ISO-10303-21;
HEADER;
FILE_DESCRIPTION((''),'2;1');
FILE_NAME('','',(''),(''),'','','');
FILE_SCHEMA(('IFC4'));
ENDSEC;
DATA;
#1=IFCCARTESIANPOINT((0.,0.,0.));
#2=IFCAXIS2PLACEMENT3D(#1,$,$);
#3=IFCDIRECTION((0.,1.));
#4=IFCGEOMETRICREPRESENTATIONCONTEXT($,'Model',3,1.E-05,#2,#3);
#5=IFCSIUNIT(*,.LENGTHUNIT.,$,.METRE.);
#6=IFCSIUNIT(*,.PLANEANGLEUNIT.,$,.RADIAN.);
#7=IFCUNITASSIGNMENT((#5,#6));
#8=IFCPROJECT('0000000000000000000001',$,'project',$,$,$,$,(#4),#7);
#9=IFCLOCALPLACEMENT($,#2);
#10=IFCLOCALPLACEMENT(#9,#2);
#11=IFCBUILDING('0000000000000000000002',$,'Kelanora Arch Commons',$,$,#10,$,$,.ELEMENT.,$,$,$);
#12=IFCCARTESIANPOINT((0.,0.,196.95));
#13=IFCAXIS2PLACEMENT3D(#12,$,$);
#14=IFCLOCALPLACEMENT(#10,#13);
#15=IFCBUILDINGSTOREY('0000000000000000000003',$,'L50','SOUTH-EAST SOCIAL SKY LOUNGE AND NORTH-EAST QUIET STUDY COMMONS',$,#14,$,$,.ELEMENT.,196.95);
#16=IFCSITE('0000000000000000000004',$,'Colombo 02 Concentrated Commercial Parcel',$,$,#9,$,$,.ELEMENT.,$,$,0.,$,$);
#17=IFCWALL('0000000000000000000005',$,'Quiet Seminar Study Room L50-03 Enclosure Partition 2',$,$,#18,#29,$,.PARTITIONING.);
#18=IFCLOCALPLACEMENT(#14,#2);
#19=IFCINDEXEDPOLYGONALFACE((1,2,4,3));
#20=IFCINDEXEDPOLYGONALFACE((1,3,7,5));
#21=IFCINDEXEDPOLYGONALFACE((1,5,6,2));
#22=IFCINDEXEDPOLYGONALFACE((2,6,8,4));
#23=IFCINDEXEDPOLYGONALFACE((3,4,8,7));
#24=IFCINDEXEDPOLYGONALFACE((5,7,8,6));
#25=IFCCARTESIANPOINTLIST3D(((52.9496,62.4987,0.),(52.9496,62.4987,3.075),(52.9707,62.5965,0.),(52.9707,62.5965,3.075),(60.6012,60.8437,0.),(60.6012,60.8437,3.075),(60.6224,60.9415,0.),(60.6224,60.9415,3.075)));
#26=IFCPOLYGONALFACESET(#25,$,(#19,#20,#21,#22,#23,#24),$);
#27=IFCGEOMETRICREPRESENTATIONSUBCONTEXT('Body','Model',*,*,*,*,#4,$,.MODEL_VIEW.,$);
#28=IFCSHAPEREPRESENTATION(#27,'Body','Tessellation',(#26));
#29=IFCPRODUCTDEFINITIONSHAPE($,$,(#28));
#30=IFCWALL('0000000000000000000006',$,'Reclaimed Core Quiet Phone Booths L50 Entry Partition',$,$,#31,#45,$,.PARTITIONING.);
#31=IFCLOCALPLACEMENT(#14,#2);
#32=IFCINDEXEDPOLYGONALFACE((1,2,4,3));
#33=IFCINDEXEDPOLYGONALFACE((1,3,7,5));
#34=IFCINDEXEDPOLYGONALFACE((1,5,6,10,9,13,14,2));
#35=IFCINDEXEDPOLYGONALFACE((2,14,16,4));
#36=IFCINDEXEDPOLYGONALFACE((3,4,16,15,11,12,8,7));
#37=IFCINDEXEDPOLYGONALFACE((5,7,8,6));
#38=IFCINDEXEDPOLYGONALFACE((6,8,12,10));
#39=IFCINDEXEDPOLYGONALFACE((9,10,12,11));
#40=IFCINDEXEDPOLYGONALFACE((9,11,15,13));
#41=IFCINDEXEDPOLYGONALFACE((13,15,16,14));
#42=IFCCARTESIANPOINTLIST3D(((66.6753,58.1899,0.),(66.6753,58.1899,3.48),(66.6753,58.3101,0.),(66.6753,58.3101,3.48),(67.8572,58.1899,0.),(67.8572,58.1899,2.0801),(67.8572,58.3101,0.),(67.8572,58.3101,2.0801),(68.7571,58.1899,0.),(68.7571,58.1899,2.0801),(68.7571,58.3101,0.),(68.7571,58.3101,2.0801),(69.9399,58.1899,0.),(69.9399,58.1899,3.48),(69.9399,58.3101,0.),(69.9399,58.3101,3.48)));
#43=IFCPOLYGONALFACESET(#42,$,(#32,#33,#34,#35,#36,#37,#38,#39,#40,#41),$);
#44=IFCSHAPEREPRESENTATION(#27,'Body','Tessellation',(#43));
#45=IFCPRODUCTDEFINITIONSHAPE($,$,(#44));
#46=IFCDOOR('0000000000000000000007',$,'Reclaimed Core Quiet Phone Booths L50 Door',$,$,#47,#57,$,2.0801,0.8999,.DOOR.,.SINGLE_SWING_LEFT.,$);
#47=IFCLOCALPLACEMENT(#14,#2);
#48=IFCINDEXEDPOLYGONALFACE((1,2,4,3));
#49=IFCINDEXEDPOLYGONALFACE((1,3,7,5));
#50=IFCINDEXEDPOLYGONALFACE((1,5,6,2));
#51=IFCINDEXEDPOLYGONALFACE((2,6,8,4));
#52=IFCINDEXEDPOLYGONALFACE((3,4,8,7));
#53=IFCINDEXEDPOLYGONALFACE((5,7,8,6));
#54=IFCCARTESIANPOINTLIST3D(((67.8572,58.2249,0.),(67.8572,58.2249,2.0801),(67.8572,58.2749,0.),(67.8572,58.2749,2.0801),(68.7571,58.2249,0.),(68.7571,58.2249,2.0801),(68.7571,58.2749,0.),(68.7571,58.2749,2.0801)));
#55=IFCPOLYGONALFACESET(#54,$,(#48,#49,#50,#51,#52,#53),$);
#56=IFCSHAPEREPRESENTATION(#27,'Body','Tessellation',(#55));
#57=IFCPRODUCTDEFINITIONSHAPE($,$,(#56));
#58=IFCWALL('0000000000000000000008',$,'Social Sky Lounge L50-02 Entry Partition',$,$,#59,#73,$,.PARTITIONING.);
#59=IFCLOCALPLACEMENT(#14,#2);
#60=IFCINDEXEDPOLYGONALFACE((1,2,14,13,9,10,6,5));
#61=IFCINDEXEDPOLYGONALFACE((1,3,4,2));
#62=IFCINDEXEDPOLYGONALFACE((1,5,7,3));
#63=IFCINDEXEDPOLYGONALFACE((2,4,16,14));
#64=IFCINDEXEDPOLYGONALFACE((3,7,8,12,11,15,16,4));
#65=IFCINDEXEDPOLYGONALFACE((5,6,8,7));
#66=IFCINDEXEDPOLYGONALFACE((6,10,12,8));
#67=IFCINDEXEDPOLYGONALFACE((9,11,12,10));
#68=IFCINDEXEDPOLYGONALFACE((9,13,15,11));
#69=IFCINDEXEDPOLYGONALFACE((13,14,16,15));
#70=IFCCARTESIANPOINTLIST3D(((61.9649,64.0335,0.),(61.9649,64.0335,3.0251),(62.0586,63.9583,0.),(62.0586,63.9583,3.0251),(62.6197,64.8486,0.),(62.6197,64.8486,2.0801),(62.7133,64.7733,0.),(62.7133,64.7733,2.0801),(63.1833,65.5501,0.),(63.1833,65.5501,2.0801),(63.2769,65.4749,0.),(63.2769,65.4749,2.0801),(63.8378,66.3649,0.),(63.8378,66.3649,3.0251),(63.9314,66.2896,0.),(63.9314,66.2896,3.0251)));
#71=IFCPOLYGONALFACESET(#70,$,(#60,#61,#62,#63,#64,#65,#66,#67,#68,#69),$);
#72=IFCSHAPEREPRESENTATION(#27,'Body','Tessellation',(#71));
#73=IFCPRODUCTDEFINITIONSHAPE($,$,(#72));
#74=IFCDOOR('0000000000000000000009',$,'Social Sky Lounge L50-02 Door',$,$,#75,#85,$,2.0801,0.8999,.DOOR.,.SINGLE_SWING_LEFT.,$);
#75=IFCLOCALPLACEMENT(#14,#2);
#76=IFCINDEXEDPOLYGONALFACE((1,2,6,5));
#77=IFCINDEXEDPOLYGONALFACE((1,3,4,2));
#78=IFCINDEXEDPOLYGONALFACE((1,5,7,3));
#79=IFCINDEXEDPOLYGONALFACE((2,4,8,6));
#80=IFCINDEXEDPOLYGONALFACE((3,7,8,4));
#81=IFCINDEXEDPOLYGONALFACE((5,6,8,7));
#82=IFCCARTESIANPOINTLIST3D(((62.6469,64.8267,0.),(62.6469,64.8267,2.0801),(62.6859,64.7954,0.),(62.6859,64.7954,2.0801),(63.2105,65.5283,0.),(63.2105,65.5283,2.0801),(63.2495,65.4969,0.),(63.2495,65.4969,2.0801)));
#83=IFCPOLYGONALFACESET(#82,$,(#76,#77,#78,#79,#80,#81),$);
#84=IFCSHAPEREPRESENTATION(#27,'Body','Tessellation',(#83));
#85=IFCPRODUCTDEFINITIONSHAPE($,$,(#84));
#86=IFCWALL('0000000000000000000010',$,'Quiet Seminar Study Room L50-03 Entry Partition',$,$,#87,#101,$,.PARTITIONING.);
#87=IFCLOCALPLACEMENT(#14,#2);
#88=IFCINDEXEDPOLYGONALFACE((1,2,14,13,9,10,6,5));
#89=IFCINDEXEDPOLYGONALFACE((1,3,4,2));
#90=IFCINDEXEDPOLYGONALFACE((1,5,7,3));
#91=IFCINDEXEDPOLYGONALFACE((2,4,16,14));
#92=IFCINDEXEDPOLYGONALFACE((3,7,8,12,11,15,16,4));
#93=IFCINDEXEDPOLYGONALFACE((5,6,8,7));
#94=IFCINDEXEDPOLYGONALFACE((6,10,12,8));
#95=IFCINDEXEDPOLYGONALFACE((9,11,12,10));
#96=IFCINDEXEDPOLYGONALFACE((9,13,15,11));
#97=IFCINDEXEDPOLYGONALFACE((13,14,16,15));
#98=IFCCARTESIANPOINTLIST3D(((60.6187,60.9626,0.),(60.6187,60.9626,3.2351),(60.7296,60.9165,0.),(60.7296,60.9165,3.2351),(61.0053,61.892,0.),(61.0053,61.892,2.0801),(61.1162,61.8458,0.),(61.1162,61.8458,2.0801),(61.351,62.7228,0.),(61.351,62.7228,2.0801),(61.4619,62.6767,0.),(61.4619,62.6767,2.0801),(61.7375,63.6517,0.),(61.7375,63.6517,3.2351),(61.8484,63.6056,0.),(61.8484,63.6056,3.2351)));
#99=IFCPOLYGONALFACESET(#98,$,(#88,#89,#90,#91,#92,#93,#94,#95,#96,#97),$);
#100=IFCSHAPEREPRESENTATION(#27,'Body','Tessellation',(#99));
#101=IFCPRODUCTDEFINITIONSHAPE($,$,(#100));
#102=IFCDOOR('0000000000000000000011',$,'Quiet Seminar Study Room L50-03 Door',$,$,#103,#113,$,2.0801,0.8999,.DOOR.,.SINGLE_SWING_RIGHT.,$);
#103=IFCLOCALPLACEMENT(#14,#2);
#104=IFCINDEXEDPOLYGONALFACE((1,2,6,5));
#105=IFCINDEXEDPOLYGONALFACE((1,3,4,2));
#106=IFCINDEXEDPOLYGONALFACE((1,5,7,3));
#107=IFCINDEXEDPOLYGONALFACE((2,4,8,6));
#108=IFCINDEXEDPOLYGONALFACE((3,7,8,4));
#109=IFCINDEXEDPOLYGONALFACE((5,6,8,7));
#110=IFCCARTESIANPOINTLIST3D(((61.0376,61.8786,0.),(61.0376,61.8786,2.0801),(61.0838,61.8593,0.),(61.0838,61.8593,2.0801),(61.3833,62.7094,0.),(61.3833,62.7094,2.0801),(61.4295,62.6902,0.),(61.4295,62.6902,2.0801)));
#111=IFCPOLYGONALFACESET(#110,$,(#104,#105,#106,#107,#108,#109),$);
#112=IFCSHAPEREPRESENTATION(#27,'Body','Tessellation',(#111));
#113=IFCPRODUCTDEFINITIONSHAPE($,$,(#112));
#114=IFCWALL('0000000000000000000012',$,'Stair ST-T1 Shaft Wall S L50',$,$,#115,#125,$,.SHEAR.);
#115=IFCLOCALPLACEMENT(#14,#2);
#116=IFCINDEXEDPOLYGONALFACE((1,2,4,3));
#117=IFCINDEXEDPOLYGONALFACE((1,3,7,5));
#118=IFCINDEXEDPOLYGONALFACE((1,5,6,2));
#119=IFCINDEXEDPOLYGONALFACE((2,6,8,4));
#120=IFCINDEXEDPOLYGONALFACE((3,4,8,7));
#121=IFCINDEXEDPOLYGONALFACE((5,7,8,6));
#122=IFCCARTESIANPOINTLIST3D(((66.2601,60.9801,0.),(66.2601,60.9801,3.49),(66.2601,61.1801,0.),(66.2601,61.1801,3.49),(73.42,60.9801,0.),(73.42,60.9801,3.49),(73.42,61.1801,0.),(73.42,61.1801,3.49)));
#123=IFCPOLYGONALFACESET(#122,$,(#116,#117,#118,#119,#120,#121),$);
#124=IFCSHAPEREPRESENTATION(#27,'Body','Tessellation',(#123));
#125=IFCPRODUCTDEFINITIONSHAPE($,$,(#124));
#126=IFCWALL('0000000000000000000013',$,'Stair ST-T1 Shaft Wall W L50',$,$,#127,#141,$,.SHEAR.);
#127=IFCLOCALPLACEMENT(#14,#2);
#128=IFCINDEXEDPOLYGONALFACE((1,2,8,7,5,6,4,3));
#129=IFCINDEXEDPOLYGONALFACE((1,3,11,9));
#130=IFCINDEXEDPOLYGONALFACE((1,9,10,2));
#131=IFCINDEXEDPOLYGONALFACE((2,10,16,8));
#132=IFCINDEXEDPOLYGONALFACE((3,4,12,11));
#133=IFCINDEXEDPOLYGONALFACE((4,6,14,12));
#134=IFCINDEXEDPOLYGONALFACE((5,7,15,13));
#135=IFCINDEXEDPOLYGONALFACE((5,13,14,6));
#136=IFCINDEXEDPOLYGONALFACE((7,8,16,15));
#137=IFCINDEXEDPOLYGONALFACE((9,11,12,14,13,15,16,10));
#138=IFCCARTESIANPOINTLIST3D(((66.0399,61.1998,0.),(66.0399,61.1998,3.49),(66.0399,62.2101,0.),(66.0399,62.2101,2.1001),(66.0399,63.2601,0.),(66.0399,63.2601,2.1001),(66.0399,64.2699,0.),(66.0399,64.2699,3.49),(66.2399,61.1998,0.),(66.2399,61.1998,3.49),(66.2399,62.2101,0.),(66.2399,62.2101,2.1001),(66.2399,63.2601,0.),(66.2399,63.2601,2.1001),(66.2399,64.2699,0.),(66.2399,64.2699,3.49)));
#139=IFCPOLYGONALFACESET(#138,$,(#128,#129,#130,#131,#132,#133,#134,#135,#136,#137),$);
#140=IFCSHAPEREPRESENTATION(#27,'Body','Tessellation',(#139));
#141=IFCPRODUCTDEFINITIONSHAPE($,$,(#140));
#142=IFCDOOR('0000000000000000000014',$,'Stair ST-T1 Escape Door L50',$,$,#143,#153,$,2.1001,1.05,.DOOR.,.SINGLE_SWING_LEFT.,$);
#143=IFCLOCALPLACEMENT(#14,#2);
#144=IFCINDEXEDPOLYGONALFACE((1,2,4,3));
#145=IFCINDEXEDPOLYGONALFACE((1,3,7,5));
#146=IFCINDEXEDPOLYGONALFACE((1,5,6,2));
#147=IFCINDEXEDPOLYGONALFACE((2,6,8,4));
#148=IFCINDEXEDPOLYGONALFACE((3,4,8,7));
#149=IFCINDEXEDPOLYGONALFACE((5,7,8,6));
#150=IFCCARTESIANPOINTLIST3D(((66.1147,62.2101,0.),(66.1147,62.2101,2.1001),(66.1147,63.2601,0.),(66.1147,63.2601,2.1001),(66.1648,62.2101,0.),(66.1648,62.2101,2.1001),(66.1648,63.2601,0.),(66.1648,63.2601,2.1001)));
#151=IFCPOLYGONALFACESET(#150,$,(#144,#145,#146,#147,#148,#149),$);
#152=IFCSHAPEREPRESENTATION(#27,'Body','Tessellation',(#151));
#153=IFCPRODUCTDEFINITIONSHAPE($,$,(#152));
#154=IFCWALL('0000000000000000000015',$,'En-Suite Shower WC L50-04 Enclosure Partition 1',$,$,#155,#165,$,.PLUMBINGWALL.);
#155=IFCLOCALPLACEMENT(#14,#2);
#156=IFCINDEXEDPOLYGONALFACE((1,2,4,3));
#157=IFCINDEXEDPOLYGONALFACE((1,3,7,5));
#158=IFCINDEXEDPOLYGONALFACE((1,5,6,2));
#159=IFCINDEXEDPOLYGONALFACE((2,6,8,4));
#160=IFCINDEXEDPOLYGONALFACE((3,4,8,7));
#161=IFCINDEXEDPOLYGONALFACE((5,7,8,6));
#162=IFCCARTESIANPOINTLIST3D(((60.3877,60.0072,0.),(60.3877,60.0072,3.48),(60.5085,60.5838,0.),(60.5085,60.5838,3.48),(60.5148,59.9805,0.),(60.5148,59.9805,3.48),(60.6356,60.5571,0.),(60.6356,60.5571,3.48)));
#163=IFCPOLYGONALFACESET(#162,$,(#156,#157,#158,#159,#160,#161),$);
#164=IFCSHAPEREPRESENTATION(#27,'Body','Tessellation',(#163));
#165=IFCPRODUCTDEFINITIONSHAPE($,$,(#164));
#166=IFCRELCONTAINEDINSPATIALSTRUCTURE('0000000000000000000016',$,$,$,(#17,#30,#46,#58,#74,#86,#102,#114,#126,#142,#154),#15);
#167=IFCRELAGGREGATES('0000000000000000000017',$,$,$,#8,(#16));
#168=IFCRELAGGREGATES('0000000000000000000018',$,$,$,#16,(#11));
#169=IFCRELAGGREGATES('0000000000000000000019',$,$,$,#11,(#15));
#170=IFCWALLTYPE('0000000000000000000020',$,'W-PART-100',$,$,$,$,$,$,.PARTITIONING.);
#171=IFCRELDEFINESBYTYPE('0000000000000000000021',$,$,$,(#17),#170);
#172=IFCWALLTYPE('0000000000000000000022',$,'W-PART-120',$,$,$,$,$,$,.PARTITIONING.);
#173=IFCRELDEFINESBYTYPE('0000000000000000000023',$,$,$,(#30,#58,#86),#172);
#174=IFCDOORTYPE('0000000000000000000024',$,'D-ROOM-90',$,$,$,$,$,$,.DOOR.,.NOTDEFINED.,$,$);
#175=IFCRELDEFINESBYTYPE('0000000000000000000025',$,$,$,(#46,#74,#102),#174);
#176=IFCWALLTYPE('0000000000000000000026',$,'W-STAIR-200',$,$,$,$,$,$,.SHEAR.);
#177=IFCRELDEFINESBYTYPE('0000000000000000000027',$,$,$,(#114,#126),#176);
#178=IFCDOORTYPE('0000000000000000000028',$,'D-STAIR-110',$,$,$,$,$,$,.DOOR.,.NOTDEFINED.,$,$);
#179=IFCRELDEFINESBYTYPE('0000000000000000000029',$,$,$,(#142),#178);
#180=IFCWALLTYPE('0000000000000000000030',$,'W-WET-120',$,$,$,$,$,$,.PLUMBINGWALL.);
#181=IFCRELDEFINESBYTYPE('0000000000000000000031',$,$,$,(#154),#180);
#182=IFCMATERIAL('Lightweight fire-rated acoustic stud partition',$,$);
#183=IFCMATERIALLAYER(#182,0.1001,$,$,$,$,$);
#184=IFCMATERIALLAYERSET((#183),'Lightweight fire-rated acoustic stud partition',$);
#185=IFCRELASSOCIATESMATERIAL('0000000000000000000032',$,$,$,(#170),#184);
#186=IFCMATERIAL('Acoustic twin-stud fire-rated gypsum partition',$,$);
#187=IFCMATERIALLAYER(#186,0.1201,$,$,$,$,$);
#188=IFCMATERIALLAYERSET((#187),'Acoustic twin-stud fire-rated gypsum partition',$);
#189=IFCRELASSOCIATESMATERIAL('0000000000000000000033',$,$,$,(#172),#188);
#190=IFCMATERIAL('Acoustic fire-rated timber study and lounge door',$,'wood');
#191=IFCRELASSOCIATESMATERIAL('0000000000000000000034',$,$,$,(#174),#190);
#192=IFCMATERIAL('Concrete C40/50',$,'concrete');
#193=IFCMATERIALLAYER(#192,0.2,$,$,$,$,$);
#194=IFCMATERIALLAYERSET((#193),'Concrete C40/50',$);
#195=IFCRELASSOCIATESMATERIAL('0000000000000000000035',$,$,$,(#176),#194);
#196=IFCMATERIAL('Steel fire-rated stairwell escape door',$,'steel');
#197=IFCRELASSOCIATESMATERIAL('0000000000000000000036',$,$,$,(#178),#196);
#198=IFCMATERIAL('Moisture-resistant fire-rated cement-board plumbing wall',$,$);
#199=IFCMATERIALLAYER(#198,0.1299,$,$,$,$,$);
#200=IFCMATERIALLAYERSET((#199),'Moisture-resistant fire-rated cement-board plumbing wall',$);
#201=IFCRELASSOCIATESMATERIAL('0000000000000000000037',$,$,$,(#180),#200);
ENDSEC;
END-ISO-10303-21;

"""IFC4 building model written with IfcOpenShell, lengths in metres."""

from ifc_helpers import new_model, si_unit, direction, frame, frame_2d, origin, place, context, subcontext, project, spatial, rectangle, extrude, material, layer, layer_set, type_object, element, fill, save


model = new_model("IFC4")

# Units and contexts
model_context = context("Model", 3, precision=1e-05, world=origin(), true_north=direction((0.0, 1.0)))
body_context = subcontext(model_context, "Body", "Model", "MODEL_VIEW")
ifc_project = project(units=[si_unit("LENGTHUNIT", "METRE"), si_unit("PLANEANGLEUNIT", "RADIAN")], contexts=[model_context])

# Site, building, storey
site_placement = place(None, origin())
site = spatial("IfcSite", under=ifc_project, at=site_placement, Name="Colombo 02 Concentrated Commercial Parcel", CompositionType="ELEMENT", RefElevation=0.0)
building_placement = place(site_placement, origin())
building = spatial("IfcBuilding", under=site, at=building_placement, Name="Kelanora Arch Commons", CompositionType="ELEMENT")
storey_placement = place(building_placement, frame((0.0, 0.0, 196.95)))
storey = spatial("IfcBuildingStorey", under=building, at=storey_placement, Name="L50", Description="SOUTH-EAST SOCIAL SKY LOUNGE AND NORTH-EAST QUIET STUDY COMMONS", CompositionType="ELEMENT", Elevation=196.95)

# Wall
ifc_material_1 = material(Name="Lightweight fire-rated acoustic stud partition")
ifc_layer_1 = layer(ifc_material_1, 0.1001)
ifc_layer_set_1 = layer_set([ifc_layer_1], Name="Lightweight fire-rated acoustic stud partition")
wall_type_1 = type_object("IfcWallType", Name="W-PART-100", PredefinedType="PARTITIONING", material=ifc_layer_set_1)
wall_1_placement = place(storey_placement, frame((60.6118, 60.8926, 0.0), z_axis=(0.0, 0.0, 1.0), x_axis=(-0.977398, 0.211409, 0.0)))
element("IfcWall", 1, at=wall_1_placement, inside=storey, type_object=wall_type_1, Name="Quiet Seminar Study Room L50-03 Enclosure Partition 2", PredefinedType="PARTITIONING", context=body_context, shape_type="SweptSolid", body=[
    extrude(rectangle(XDim=7.8286, YDim=0.1001, at=frame_2d((3.9143, 0.0))), origin(), (0.0, 0.0, 1.0), 3.075),
])

# Walls, openings, doors
ifc_material_2 = material(Name="Acoustic twin-stud fire-rated gypsum partition")
ifc_layer_2 = layer(ifc_material_2, 0.1201)
ifc_layer_set_2 = layer_set([ifc_layer_2], Name="Acoustic twin-stud fire-rated gypsum partition")
wall_type_2 = type_object("IfcWallType", Name="W-PART-120", PredefinedType="PARTITIONING", material=ifc_layer_set_2)
wall_2_placement = place(storey_placement, frame((66.6753, 58.25, 0.0), z_axis=(0.0, 0.0, 1.0), x_axis=(1.0, 0.0, 0.0)))
wall_2 = element("IfcWall", 2, at=wall_2_placement, inside=storey, type_object=wall_type_2, Name="Reclaimed Core Quiet Phone Booths L50 Entry Partition", PredefinedType="PARTITIONING", context=body_context, shape_type="SweptSolid", body=[
    extrude(rectangle(XDim=3.2646, YDim=0.1201, at=frame_2d((1.6323, 0.0))), origin(), (0.0, 0.0, 1.0), 3.48),
])
opening_1_placement = place(wall_2_placement, frame((1.1819, 0.0, 0.0)))
opening_1 = element("IfcOpeningElement", 3, at=opening_1_placement, cuts=wall_2, PredefinedType="OPENING", context=body_context, shape_type="SweptSolid", body=[
    extrude(rectangle(XDim=0.8999, YDim=2.0801, at=frame_2d((0.45, 1.04))), frame((0.0, 0.0701, 0.0), z_axis=(0.0, -1.0, 0.0), x_axis=(1.0, 0.0, 0.0)), (0.0, 0.0, 1.0), 0.1401),
])
ifc_material_3 = material(Name="Acoustic fire-rated timber study and lounge door", Category="wood")
door_type_1 = type_object("IfcDoorType", Name="D-ROOM-90", OperationType="NOTDEFINED", PredefinedType="DOOR", material=ifc_material_3)
door_1_placement = place(opening_1_placement, origin())
door_1 = element("IfcDoor", 4, at=door_1_placement, inside=storey, type_object=door_type_1, Name="Reclaimed Core Quiet Phone Booths L50 Door", OperationType="SINGLE_SWING_LEFT", OverallHeight=2.0801, OverallWidth=0.8999, PredefinedType="DOOR", context=body_context, shape_type="SweptSolid", body=[
    extrude(rectangle(XDim=0.8999, YDim=2.0801, at=frame_2d((0.45, 1.04))), frame((0.0, 0.0249, 0.0), z_axis=(0.0, -1.0, 0.0), x_axis=(1.0, 0.0, 0.0)), (0.0, 0.0, 1.0), 0.05),
])
fill(opening_1, door_1)
wall_3_placement = place(storey_placement, frame((63.8845, 66.3271, 0.0), z_axis=(0.0, 0.0, 1.0), x_axis=(-0.626277, -0.779601, 0.0)))
wall_3 = element("IfcWall", 5, at=wall_3_placement, inside=storey, type_object=wall_type_2, Name="Social Sky Lounge L50-02 Entry Partition", PredefinedType="PARTITIONING", context=body_context, shape_type="SweptSolid", body=[
    extrude(rectangle(XDim=2.9905, YDim=0.1201, at=frame_2d((1.4951, 0.0))), origin(), (0.0, 0.0, 1.0), 3.0251),
])
opening_2_placement = place(wall_3_placement, frame((1.0449, 0.0, 0.0)))
opening_2 = element("IfcOpeningElement", 6, at=opening_2_placement, cuts=wall_3, PredefinedType="OPENING", context=body_context, shape_type="SweptSolid", body=[
    extrude(rectangle(XDim=0.8999, YDim=2.0801, at=frame_2d((0.45, 1.04))), frame((0.0, 0.0701, 0.0), z_axis=(0.0, -1.0, 0.0), x_axis=(1.0, 0.0, 0.0)), (0.0, 0.0, 1.0), 0.1401),
])
door_2_placement = place(opening_2_placement, origin())
door_2 = element("IfcDoor", 7, at=door_2_placement, inside=storey, type_object=door_type_1, Name="Social Sky Lounge L50-02 Door", OperationType="SINGLE_SWING_LEFT", OverallHeight=2.0801, OverallWidth=0.8999, PredefinedType="DOOR", context=body_context, shape_type="SweptSolid", body=[
    extrude(rectangle(XDim=0.8999, YDim=2.0801, at=frame_2d((0.45, 1.04))), frame((0.0, 0.0249, 0.0), z_axis=(0.0, -1.0, 0.0), x_axis=(1.0, 0.0, 0.0)), (0.0, 0.0, 1.0), 0.05),
])
fill(opening_2, door_2)
wall_4_placement = place(storey_placement, frame((61.793, 63.6287, 0.0), z_axis=(0.0, 0.0, 1.0), x_axis=(-0.384145, -0.923273, 0.0)))
wall_4 = element("IfcWall", 8, at=wall_4_placement, inside=storey, type_object=wall_type_2, Name="Quiet Seminar Study Room L50-03 Entry Partition", PredefinedType="PARTITIONING", context=body_context, shape_type="SweptSolid", body=[
    extrude(rectangle(XDim=2.9126, YDim=0.1201, at=frame_2d((1.4563, 0.0))), origin(), (0.0, 0.0, 1.0), 3.2351),
])
opening_3_placement = place(wall_4_placement, frame((1.0061, 0.0, 0.0)))
opening_3 = element("IfcOpeningElement", 9, at=opening_3_placement, cuts=wall_4, PredefinedType="OPENING", context=body_context, shape_type="SweptSolid", body=[
    extrude(rectangle(XDim=0.8999, YDim=2.0801, at=frame_2d((0.45, 1.04))), frame((0.0, 0.0701, 0.0), z_axis=(0.0, -1.0, 0.0), x_axis=(1.0, 0.0, 0.0)), (0.0, 0.0, 1.0), 0.1401),
])
door_3_placement = place(opening_3_placement, origin())
door_3 = element("IfcDoor", 10, at=door_3_placement, inside=storey, type_object=door_type_1, Name="Quiet Seminar Study Room L50-03 Door", OperationType="SINGLE_SWING_RIGHT", OverallHeight=2.0801, OverallWidth=0.8999, PredefinedType="DOOR", context=body_context, shape_type="SweptSolid", body=[
    extrude(rectangle(XDim=0.8999, YDim=2.0801, at=frame_2d((0.45, 1.04))), frame((0.0, 0.0249, 0.0), z_axis=(0.0, -1.0, 0.0), x_axis=(1.0, 0.0, 0.0)), (0.0, 0.0, 1.0), 0.05),
])
fill(opening_3, door_3)

# Wall
ifc_material_4 = material(Name="Concrete C40/50", Category="concrete")
ifc_layer_3 = layer(ifc_material_4, 0.2)
ifc_layer_set_3 = layer_set([ifc_layer_3], Name="Concrete C40/50")
wall_type_3 = type_object("IfcWallType", Name="W-STAIR-200", PredefinedType="SHEAR", material=ifc_layer_set_3)
wall_5_placement = place(storey_placement, frame((66.26, 61.0801, 0.0), z_axis=(0.0, 0.0, 1.0), x_axis=(1.0, 0.0, 0.0)))
element("IfcWall", 11, at=wall_5_placement, inside=storey, type_object=wall_type_3, Name="Stair ST-T1 Shaft Wall S L50", PredefinedType="SHEAR", context=body_context, shape_type="SweptSolid", body=[
    extrude(rectangle(XDim=7.1599, YDim=0.2, at=frame_2d((3.5801, 0.0))), origin(), (0.0, 0.0, 1.0), 3.49),
])

# Wall, opening, door
wall_6_placement = place(storey_placement, frame((66.1399, 64.27, 0.0), z_axis=(0.0, 0.0, 1.0), x_axis=(0.0, -1.0, 0.0)))
wall_6 = element("IfcWall", 12, at=wall_6_placement, inside=storey, type_object=wall_type_3, Name="Stair ST-T1 Shaft Wall W L50", PredefinedType="SHEAR", context=body_context, shape_type="SweptSolid", body=[
    extrude(rectangle(XDim=3.0701, YDim=0.2, at=frame_2d((1.5352, 0.0))), origin(), (0.0, 0.0, 1.0), 3.49),
])
opening_4_placement = place(wall_6_placement, frame((1.01, 0.0, 0.0)))
opening_4 = element("IfcOpeningElement", 13, at=opening_4_placement, cuts=wall_6, PredefinedType="OPENING", context=body_context, shape_type="SweptSolid", body=[
    extrude(rectangle(XDim=1.05, YDim=2.1001, at=frame_2d((0.5249, 1.05))), frame((0.0, 0.1099, 0.0), z_axis=(0.0, -1.0, 0.0), x_axis=(1.0, 0.0, 0.0)), (0.0, 0.0, 1.0), 0.22),
])
ifc_material_5 = material(Name="Steel fire-rated stairwell escape door", Category="steel")
door_type_2 = type_object("IfcDoorType", Name="D-STAIR-110", OperationType="NOTDEFINED", PredefinedType="DOOR", material=ifc_material_5)
door_4_placement = place(opening_4_placement, origin())
door_4 = element("IfcDoor", 14, at=door_4_placement, inside=storey, type_object=door_type_2, Name="Stair ST-T1 Escape Door L50", OperationType="SINGLE_SWING_LEFT", OverallHeight=2.1001, OverallWidth=1.05, PredefinedType="DOOR", context=body_context, shape_type="SweptSolid", body=[
    extrude(rectangle(XDim=1.05, YDim=2.1001, at=frame_2d((0.5249, 1.05))), frame((0.0, 0.0249, 0.0), z_axis=(0.0, -1.0, 0.0), x_axis=(1.0, 0.0, 0.0)), (0.0, 0.0, 1.0), 0.05),
])
fill(opening_4, door_4)

# Wall
ifc_material_6 = material(Name="Moisture-resistant fire-rated cement-board plumbing wall")
ifc_layer_4 = layer(ifc_material_6, 0.1299)
ifc_layer_set_4 = layer_set([ifc_layer_4], Name="Moisture-resistant fire-rated cement-board plumbing wall")
wall_type_4 = type_object("IfcWallType", Name="W-WET-120", PredefinedType="PLUMBINGWALL", material=ifc_layer_set_4)
wall_7_placement = place(storey_placement, frame((60.572, 60.5703, 0.0), z_axis=(0.0, 0.0, 1.0), x_axis=(-0.205112, -0.978738, 0.0)))
element("IfcWall", 15, at=wall_7_placement, inside=storey, type_object=wall_type_4, Name="En-Suite Shower WC L50-04 Enclosure Partition 1", PredefinedType="PLUMBINGWALL", context=body_context, shape_type="SweptSolid", body=[
    extrude(rectangle(XDim=0.5891, YDim=0.1299, at=frame_2d((0.2944, 0.0))), origin(), (0.0, 0.0, 1.0), 3.48),
])

save(model, "model.ifc")
